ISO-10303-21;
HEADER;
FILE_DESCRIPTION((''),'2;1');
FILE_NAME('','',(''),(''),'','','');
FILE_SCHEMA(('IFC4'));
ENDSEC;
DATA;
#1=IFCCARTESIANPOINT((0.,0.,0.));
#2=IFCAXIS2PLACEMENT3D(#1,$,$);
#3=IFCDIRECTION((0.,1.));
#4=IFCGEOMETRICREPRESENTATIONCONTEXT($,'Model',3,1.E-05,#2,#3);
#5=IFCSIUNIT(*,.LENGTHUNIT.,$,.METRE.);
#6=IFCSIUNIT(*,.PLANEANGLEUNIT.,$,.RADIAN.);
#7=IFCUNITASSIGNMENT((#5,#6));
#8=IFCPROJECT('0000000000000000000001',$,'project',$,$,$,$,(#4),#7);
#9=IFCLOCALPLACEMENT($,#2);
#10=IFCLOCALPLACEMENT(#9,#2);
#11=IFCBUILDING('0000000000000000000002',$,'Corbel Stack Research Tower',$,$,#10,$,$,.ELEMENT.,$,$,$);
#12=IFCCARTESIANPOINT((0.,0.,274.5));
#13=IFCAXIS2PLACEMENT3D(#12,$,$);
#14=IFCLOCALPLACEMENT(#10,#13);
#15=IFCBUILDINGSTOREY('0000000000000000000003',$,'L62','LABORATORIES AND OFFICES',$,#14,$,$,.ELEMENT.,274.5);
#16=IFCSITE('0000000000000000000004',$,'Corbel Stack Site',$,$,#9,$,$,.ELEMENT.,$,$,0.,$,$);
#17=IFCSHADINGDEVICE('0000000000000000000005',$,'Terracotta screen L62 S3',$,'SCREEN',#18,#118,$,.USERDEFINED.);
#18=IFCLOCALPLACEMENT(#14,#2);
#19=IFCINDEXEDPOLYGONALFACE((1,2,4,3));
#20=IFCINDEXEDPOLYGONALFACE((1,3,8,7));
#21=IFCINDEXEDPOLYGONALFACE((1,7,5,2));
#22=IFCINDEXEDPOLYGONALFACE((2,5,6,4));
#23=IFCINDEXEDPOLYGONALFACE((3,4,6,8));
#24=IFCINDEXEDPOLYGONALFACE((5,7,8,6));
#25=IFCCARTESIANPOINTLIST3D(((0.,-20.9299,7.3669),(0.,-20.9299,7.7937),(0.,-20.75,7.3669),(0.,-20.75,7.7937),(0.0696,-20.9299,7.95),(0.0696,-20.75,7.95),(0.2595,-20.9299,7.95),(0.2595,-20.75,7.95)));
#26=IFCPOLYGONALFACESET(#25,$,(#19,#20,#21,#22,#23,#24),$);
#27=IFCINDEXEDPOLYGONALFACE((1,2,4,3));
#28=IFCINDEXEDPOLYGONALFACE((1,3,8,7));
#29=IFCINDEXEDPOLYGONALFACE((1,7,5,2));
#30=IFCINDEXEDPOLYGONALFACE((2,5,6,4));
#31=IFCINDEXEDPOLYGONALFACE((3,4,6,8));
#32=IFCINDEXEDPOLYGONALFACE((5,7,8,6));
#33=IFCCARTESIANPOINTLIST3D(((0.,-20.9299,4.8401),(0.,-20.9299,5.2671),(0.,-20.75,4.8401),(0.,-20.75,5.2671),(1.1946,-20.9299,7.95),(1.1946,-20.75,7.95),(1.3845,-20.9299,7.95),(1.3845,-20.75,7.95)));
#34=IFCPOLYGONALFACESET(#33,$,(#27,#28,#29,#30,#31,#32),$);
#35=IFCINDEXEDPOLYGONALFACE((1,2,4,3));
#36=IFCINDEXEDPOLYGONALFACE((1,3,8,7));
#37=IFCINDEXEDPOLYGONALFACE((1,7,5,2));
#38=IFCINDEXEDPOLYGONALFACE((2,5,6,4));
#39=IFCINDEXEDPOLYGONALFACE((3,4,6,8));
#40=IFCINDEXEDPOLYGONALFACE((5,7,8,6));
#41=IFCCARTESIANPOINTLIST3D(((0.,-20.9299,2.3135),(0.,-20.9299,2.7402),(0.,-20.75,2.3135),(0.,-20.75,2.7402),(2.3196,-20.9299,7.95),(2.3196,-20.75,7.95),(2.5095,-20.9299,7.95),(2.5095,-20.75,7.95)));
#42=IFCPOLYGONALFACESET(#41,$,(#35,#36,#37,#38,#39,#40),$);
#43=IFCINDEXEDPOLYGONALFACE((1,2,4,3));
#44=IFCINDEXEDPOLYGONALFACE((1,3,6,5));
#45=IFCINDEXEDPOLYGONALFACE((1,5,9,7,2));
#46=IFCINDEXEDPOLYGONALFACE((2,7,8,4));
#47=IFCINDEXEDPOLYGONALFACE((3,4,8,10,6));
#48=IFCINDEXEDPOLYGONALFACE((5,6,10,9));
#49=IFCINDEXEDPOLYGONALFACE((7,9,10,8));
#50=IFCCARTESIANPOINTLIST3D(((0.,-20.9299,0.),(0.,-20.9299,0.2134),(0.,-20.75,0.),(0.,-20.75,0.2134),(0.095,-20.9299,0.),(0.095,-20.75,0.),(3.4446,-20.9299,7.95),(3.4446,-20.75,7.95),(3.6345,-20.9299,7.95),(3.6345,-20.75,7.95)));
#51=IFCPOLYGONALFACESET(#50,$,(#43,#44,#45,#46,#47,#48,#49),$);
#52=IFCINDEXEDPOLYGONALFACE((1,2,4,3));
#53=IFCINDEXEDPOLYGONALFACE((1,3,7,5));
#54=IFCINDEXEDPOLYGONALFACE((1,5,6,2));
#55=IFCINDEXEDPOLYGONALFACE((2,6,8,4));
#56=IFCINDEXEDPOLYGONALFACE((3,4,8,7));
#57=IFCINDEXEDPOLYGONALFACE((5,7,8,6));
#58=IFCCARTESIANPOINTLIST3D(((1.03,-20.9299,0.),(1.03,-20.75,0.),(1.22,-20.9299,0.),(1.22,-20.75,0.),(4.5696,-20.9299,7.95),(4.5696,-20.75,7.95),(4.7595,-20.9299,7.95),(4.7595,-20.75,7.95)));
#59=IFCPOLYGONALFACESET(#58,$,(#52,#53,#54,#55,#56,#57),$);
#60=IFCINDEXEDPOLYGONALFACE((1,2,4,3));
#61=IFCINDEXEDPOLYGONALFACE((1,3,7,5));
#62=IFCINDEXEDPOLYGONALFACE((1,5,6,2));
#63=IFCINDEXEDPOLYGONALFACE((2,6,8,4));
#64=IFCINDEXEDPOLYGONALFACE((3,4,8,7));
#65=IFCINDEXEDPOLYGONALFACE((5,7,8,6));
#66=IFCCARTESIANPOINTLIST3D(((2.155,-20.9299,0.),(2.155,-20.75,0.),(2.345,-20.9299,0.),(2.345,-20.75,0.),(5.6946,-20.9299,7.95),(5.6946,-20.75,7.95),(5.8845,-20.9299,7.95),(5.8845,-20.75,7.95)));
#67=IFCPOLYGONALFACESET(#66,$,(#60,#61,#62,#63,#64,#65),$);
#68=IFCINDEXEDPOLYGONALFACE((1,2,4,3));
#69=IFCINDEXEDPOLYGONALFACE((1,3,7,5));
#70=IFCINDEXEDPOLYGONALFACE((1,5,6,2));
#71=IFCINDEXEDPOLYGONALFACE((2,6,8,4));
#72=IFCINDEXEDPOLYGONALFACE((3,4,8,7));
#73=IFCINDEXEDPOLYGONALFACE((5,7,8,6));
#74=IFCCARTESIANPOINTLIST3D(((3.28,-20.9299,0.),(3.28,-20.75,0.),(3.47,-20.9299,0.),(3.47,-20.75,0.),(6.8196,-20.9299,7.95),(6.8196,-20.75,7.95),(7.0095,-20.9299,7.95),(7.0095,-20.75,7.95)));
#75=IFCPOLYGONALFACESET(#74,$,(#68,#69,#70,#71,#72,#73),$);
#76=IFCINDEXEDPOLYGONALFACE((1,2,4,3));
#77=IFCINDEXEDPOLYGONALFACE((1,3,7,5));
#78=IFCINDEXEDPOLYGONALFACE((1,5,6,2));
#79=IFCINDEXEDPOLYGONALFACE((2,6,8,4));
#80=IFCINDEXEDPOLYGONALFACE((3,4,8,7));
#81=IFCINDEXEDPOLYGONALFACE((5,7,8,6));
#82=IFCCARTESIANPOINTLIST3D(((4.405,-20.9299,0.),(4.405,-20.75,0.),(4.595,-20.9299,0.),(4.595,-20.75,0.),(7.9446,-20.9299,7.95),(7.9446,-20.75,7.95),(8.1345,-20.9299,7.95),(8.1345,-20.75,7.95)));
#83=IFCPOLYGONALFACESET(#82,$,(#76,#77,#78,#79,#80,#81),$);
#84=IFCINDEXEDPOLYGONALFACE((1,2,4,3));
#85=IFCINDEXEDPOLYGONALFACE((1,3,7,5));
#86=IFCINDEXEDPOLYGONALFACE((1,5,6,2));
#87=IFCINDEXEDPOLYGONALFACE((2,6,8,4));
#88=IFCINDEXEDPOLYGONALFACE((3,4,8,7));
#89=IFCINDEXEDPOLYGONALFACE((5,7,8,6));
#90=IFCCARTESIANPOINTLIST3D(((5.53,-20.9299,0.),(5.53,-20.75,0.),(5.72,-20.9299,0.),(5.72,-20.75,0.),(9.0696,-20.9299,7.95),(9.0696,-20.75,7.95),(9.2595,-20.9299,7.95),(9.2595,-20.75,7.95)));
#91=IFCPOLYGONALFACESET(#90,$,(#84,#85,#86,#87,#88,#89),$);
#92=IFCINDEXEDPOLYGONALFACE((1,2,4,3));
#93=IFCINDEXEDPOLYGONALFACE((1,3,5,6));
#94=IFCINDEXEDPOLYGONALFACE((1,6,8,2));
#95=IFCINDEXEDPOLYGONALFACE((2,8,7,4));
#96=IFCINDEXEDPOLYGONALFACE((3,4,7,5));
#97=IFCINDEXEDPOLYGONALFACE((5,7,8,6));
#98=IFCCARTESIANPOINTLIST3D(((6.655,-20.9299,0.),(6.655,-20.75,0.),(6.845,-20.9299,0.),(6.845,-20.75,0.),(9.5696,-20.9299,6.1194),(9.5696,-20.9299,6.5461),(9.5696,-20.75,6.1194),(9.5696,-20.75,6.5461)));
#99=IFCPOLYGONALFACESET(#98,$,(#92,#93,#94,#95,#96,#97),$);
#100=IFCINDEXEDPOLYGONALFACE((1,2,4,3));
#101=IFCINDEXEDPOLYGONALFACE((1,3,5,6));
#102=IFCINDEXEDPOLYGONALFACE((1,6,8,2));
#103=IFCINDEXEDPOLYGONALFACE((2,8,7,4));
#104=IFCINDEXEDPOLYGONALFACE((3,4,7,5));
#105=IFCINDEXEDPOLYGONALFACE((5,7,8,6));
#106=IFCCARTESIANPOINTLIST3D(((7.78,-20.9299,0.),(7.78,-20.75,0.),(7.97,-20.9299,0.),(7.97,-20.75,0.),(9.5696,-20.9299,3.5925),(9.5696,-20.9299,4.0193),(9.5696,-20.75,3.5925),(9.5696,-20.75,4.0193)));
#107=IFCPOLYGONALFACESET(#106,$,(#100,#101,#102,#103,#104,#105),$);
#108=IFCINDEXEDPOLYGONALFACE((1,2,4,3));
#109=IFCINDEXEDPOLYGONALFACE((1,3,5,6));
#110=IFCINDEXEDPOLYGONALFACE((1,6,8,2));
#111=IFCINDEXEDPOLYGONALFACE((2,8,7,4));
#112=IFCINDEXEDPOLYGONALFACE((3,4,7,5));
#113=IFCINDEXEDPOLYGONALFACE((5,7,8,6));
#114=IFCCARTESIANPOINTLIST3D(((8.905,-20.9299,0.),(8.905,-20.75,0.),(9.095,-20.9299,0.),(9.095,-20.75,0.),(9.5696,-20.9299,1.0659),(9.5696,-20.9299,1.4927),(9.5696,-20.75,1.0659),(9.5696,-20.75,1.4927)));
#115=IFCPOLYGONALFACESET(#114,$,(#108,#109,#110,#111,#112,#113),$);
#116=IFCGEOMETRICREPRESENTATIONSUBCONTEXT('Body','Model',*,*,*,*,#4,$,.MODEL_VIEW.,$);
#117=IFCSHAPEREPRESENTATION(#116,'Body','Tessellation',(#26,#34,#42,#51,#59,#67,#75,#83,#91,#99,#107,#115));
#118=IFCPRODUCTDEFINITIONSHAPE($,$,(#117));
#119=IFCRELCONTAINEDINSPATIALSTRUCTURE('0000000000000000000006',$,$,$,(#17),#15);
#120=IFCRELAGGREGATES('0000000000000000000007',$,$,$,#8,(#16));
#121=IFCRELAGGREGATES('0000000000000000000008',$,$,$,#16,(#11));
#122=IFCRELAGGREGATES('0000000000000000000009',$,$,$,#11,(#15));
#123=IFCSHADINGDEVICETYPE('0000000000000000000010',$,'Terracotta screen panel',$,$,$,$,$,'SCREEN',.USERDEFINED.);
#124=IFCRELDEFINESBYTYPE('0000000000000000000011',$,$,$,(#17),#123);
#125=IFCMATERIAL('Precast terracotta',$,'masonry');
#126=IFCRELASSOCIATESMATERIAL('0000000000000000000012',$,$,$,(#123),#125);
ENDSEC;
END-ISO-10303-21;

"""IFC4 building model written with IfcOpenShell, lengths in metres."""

from ifc_helpers import new_model, si_unit, direction, frame, origin, place, context, subcontext, project, spatial, polyline, outline, extrude, source, transform, mapped, material, type_object, element, save


model = new_model("IFC4")

# Units and contexts
model_context = context("Model", 3, precision=1e-05, world=origin(), true_north=direction((0.0, 1.0)))
body_context = subcontext(model_context, "Body", "Model", "MODEL_VIEW")
ifc_project = project(units=[si_unit("LENGTHUNIT", "METRE"), si_unit("PLANEANGLEUNIT", "RADIAN")], contexts=[model_context])

# Site, building, storey
site_placement = place(None, origin())
site = spatial("IfcSite", under=ifc_project, at=site_placement, Name="Corbel Stack Site", CompositionType="ELEMENT", RefElevation=0.0)
building_placement = place(site_placement, origin())
building = spatial("IfcBuilding", under=site, at=building_placement, Name="Corbel Stack Research Tower", CompositionType="ELEMENT")
storey_placement = place(building_placement, frame((0.0, 0.0, 274.5)))
storey = spatial("IfcBuildingStorey", under=building, at=storey_placement, Name="L62", Description="LABORATORIES AND OFFICES", CompositionType="ELEMENT", Elevation=274.5)

# Shading device
ifc_material_1 = material(Name="Precast terracotta", Category="masonry")
shading_device_type = type_object("IfcShadingDeviceType", Name="Terracotta screen panel", ElementType="SCREEN", PredefinedType="USERDEFINED", material=ifc_material_1)
shared_shape = source(origin(), body_context, "Body", "SweptSolid", [
    extrude(outline(polyline([(0.2595, 7.95), (0.0696, 7.95), (0.0, 7.7937), (0.0, 7.3669), (0.2595, 7.95)])), frame((0.0, 0.0, 0.0), z_axis=(0.0, -1.0, 0.0), x_axis=(1.0, 0.0, 0.0)), (0.0, 0.0, 1.0), 0.1799),
    extrude(outline(polyline([(1.3845, 7.95), (1.1946, 7.95), (0.0, 5.2671), (0.0, 4.8401), (1.3845, 7.95)])), frame((0.0, 0.0, 0.0), z_axis=(0.0, -1.0, 0.0), x_axis=(1.0, 0.0, 0.0)), (0.0, 0.0, 1.0), 0.1799),
    extrude(outline(polyline([(2.5095, 7.95), (2.3196, 7.95), (0.0, 2.7402), (0.0, 2.3135), (2.5095, 7.95)])), frame((0.0, 0.0, 0.0), z_axis=(0.0, -1.0, 0.0), x_axis=(1.0, 0.0, 0.0)), (0.0, 0.0, 1.0), 0.1799),
    extrude(outline(polyline([(0.095, 0.0), (3.6345, 7.95), (3.4446, 7.95), (0.0, 0.2134), (0.0, 0.0), (0.095, 0.0)])), frame((0.0, 0.0, 0.0), z_axis=(0.0, -1.0, 0.0), x_axis=(1.0, 0.0, 0.0)), (0.0, 0.0, 1.0), 0.1799),
    extrude(outline(polyline([(1.22, 0.0), (4.7595, 7.95), (4.5696, 7.95), (1.03, 0.0), (1.22, 0.0)])), frame((0.0, 0.0, 0.0), z_axis=(0.0, -1.0, 0.0), x_axis=(1.0, 0.0, 0.0)), (0.0, 0.0, 1.0), 0.1799),
    extrude(outline(polyline([(2.345, 0.0), (5.8845, 7.95), (5.6946, 7.95), (2.155, 0.0), (2.345, 0.0)])), frame((0.0, 0.0, 0.0), z_axis=(0.0, -1.0, 0.0), x_axis=(1.0, 0.0, 0.0)), (0.0, 0.0, 1.0), 0.1799),
    extrude(outline(polyline([(3.47, 0.0), (7.0095, 7.95), (6.8196, 7.95), (3.28, 0.0), (3.47, 0.0)])), frame((0.0, 0.0, 0.0), z_axis=(0.0, -1.0, 0.0), x_axis=(1.0, 0.0, 0.0)), (0.0, 0.0, 1.0), 0.1799),
    extrude(outline(polyline([(4.595, 0.0), (8.1345, 7.95), (7.9446, 7.95), (4.405, 0.0), (4.595, 0.0)])), frame((0.0, 0.0, 0.0), z_axis=(0.0, -1.0, 0.0), x_axis=(1.0, 0.0, 0.0)), (0.0, 0.0, 1.0), 0.1799),
    extrude(outline(polyline([(5.72, 0.0), (9.2595, 7.95), (9.0696, 7.95), (5.53, 0.0), (5.72, 0.0)])), frame((0.0, 0.0, 0.0), z_axis=(0.0, -1.0, 0.0), x_axis=(1.0, 0.0, 0.0)), (0.0, 0.0, 1.0), 0.1799),
    extrude(outline(polyline([(6.845, 0.0), (9.5696, 6.1194), (9.5696, 6.5461), (6.655, 0.0), (6.845, 0.0)])), frame((0.0, 0.0, 0.0), z_axis=(0.0, -1.0, 0.0), x_axis=(1.0, 0.0, 0.0)), (0.0, 0.0, 1.0), 0.1799),
    extrude(outline(polyline([(7.97, 0.0), (9.5696, 3.5925), (9.5696, 4.0193), (7.78, 0.0), (7.97, 0.0)])), frame((0.0, 0.0, 0.0), z_axis=(0.0, -1.0, 0.0), x_axis=(1.0, 0.0, 0.0)), (0.0, 0.0, 1.0), 0.1799),
    extrude(outline(polyline([(9.095, 0.0), (9.5696, 1.0659), (9.5696, 1.4927), (8.905, 0.0), (9.095, 0.0)])), frame((0.0, 0.0, 0.0), z_axis=(0.0, -1.0, 0.0), x_axis=(1.0, 0.0, 0.0)), (0.0, 0.0, 1.0), 0.1799),
])
shading_device_placement = place(storey_placement, frame((0.0, -20.75, 0.0), z_axis=(0.0, 0.0, 1.0), x_axis=(1.0, 0.0, 0.0)))
element("IfcShadingDevice", 1, at=shading_device_placement, inside=storey, type_object=shading_device_type, Name="Terracotta screen L62 S3", ObjectType="SCREEN", PredefinedType="USERDEFINED", context=body_context, shape_type="MappedRepresentation", body=[
    mapped(shared_shape, transform((0.0, 0.0, 0.0))),
])

save(model, "model.ifc")
